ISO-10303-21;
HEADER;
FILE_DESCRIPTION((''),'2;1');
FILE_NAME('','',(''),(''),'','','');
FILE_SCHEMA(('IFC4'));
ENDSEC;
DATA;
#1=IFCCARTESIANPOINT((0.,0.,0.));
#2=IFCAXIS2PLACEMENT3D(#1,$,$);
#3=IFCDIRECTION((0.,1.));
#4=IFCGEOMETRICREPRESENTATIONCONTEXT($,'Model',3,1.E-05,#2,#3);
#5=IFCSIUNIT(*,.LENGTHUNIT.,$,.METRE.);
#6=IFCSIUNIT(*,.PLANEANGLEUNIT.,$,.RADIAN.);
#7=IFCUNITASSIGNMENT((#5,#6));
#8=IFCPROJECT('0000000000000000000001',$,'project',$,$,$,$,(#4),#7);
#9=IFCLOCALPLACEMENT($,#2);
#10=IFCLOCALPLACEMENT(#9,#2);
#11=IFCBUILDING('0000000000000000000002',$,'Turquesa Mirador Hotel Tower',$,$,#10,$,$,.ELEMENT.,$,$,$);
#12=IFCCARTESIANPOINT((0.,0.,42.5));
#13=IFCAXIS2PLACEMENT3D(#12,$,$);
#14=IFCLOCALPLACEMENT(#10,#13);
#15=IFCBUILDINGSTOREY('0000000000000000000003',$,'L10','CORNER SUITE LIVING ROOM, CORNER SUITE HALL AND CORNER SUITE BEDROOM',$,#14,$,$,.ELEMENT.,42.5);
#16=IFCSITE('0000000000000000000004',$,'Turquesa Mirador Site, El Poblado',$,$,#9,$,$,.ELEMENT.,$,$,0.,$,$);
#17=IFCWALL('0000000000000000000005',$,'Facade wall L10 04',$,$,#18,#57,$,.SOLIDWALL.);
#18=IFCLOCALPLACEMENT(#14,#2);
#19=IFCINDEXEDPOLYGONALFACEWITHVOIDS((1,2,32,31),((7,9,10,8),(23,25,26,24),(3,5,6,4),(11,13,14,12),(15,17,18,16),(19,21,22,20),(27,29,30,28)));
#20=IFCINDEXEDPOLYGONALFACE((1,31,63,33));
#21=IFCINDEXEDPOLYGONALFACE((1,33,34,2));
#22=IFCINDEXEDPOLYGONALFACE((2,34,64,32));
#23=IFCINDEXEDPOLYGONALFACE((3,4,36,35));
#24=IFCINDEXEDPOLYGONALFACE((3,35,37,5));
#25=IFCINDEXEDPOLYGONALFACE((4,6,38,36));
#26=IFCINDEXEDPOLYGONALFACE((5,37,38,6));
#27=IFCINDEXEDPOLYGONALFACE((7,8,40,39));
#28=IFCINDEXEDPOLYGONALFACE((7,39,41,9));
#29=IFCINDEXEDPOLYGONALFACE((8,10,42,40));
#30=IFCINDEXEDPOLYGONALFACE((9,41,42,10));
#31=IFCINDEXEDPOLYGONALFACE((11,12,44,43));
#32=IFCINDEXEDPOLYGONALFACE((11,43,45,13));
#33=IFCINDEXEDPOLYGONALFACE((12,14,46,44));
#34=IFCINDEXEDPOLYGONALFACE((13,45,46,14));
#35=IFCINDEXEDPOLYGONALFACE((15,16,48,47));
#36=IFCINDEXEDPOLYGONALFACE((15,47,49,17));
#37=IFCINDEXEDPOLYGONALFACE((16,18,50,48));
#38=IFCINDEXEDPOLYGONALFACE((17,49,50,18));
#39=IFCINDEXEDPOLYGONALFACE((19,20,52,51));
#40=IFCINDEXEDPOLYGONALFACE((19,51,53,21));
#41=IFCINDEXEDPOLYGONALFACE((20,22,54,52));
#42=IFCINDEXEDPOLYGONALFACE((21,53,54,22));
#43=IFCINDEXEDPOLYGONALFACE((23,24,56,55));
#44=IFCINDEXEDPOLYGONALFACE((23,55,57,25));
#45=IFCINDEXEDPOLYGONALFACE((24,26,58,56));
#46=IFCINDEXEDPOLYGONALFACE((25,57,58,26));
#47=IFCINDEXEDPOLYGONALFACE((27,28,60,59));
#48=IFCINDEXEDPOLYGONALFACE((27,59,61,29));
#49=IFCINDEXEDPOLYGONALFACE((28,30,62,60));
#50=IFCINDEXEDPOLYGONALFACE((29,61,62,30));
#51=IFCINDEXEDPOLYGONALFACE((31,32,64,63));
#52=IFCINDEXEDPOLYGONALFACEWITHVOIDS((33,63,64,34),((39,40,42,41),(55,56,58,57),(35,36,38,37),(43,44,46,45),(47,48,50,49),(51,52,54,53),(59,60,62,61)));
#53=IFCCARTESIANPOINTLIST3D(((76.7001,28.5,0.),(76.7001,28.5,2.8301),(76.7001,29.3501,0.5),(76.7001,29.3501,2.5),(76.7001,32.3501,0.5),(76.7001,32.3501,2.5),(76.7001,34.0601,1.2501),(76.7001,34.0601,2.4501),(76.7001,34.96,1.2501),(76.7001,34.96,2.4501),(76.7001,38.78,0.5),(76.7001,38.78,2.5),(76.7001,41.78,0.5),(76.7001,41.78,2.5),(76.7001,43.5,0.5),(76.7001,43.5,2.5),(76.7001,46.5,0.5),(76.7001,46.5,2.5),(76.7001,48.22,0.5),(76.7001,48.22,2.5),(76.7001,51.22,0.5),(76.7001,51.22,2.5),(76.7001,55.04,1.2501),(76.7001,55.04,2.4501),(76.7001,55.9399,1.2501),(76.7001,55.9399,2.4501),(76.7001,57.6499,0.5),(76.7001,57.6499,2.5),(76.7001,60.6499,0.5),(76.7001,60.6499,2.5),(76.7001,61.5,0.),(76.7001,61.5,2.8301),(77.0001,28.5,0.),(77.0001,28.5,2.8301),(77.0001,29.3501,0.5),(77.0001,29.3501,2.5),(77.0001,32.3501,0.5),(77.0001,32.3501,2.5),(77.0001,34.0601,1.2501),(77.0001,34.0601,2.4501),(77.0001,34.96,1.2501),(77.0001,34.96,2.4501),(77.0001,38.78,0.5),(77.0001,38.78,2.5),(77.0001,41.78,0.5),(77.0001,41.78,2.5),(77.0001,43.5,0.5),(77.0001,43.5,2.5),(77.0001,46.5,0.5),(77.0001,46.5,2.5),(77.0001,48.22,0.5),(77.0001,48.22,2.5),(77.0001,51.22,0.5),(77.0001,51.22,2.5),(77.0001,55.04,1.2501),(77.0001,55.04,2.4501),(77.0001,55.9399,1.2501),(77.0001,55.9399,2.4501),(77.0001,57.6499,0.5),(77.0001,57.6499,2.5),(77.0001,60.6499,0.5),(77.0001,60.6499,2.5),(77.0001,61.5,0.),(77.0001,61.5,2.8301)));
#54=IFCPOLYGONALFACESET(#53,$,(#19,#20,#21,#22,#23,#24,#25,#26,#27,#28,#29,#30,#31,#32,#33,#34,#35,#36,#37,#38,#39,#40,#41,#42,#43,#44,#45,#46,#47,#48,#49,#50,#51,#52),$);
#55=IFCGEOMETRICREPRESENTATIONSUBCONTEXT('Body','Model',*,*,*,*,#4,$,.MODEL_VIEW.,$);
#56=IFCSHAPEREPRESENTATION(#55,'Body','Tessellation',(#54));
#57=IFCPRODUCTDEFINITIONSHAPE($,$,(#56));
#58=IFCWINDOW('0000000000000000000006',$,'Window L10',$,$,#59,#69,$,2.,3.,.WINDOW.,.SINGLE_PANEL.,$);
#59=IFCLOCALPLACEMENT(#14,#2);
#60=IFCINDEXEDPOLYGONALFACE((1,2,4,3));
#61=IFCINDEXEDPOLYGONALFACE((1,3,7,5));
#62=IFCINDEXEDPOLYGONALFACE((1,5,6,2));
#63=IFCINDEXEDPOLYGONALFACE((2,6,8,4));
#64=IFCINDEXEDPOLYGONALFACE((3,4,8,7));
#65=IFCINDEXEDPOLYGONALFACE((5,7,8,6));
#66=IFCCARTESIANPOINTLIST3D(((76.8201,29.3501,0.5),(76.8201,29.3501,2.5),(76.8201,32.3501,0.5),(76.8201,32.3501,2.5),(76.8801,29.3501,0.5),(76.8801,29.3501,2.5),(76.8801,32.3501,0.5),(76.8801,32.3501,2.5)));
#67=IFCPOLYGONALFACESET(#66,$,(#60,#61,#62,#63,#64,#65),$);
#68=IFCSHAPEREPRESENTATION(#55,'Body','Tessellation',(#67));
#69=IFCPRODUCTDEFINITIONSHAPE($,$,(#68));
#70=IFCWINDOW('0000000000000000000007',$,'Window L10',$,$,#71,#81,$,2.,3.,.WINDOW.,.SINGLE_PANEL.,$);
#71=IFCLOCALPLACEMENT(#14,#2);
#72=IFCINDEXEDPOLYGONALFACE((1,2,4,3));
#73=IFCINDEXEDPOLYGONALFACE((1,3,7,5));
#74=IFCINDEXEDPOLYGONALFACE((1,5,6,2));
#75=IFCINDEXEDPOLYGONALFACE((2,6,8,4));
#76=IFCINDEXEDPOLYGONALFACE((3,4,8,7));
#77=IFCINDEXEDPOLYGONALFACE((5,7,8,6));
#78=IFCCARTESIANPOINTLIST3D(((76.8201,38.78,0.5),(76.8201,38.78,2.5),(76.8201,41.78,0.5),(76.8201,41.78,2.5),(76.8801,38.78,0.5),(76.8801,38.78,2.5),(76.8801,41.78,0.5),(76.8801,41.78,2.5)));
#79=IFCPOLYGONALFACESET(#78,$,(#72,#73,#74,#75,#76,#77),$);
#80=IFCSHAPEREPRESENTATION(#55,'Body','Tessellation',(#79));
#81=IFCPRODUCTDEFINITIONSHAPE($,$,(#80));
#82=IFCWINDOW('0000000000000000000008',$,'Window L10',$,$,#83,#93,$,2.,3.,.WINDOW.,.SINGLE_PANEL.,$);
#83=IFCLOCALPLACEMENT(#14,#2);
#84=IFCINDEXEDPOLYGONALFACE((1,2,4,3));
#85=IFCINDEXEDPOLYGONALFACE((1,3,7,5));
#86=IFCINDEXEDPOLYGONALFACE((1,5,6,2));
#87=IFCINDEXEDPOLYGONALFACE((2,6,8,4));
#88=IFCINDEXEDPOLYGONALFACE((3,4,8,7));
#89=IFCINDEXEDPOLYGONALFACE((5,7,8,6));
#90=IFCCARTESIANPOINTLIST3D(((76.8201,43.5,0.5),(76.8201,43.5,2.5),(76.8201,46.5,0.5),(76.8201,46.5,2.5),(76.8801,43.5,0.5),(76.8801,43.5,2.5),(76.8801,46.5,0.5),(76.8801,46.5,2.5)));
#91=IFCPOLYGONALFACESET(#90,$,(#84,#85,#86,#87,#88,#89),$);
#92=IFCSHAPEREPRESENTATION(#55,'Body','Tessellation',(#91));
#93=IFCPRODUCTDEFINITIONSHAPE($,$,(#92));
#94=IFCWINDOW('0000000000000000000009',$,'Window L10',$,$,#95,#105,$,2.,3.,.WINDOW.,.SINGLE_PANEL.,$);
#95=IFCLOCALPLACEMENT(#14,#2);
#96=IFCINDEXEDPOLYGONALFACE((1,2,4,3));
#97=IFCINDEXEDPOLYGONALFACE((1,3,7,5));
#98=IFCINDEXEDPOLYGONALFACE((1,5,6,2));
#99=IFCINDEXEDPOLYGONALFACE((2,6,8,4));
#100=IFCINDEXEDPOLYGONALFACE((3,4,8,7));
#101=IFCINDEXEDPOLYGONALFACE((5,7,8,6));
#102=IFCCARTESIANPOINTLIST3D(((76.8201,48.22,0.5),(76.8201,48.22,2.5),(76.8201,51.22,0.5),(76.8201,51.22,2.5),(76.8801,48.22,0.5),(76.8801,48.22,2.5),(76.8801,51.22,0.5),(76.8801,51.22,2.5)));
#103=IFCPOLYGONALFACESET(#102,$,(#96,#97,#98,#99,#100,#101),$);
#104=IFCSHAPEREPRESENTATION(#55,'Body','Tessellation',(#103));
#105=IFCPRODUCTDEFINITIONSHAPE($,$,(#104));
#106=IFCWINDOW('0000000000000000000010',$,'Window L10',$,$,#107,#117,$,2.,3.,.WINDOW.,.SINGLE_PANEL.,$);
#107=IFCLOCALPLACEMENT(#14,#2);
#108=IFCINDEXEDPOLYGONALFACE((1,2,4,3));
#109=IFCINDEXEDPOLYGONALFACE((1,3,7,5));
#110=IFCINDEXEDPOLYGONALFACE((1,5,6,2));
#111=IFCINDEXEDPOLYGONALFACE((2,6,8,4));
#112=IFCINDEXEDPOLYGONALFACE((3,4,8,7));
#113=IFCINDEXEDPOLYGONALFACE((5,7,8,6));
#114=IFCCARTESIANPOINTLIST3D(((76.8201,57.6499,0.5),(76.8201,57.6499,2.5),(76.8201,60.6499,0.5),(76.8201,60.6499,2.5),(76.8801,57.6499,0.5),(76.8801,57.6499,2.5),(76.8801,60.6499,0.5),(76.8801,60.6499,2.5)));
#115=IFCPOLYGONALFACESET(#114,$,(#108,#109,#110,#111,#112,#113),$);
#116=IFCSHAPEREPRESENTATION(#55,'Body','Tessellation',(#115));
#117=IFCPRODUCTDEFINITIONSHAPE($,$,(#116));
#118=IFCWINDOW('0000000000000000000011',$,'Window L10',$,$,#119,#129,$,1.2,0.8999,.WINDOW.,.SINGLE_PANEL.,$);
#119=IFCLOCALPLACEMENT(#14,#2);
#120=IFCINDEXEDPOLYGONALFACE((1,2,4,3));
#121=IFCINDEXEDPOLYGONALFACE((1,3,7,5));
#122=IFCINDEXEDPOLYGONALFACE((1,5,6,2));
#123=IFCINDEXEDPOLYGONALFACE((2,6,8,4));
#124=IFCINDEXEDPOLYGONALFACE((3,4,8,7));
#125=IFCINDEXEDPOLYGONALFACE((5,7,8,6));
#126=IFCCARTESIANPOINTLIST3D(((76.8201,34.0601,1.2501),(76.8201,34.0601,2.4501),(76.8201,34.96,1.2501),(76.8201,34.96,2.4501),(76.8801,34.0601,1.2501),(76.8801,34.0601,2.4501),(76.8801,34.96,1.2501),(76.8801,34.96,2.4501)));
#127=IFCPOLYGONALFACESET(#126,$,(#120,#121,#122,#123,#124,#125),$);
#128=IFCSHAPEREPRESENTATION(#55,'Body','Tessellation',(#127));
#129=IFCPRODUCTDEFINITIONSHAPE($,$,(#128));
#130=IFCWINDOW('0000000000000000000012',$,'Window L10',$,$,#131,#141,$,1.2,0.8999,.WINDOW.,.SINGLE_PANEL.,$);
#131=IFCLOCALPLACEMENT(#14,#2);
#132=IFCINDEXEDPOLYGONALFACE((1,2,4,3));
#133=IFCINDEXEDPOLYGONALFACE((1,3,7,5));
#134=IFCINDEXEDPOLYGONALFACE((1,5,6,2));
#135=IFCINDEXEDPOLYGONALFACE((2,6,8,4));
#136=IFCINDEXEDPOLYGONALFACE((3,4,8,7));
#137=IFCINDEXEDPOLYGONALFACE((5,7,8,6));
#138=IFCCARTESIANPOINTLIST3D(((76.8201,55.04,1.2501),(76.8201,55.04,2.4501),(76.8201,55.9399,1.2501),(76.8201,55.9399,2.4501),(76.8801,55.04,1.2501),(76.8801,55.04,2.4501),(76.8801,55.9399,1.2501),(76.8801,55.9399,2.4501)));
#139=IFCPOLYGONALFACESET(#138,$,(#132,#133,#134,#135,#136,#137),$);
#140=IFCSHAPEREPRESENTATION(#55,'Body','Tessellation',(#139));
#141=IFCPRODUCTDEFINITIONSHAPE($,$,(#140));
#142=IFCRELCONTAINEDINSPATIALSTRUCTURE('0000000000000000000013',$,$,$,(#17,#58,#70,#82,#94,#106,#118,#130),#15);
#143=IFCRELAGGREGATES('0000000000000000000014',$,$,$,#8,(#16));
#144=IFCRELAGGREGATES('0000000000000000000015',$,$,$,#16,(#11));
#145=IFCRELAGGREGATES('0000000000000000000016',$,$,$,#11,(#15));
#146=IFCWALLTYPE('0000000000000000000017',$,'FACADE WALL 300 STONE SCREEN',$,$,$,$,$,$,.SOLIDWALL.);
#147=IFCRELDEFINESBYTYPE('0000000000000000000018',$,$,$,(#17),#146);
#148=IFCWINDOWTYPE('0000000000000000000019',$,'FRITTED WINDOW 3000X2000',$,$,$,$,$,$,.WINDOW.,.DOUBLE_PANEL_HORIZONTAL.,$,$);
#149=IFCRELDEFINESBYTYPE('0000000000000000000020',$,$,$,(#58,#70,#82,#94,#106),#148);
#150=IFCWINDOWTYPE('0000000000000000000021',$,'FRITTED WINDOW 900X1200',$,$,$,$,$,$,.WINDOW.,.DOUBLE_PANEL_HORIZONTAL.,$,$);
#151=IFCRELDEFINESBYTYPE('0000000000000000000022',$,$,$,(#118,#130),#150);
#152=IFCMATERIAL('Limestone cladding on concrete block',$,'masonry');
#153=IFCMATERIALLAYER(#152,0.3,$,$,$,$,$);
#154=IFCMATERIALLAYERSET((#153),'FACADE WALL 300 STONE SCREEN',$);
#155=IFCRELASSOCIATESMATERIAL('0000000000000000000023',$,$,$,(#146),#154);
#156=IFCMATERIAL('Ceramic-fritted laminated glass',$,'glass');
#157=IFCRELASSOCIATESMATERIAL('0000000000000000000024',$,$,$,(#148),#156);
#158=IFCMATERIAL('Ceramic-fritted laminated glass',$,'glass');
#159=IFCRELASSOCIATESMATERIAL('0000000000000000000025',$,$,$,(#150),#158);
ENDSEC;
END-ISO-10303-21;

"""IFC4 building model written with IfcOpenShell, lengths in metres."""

from ifc_helpers import new_model, si_unit, direction, frame, frame_2d, origin, place, context, subcontext, project, spatial, rectangle, extrude, material, layer, layer_set, type_object, element, fill, save


model = new_model("IFC4")

# Units and contexts
model_context = context("Model", 3, precision=1e-05, world=origin(), true_north=direction((0.0, 1.0)))
body_context = subcontext(model_context, "Body", "Model", "MODEL_VIEW")
ifc_project = project(units=[si_unit("LENGTHUNIT", "METRE"), si_unit("PLANEANGLEUNIT", "RADIAN")], contexts=[model_context])

# Site, building, storey
site_placement = place(None, origin())
site = spatial("IfcSite", under=ifc_project, at=site_placement, Name="Turquesa Mirador Site, El Poblado", CompositionType="ELEMENT", RefElevation=0.0)
building_placement = place(site_placement, origin())
building = spatial("IfcBuilding", under=site, at=building_placement, Name="Turquesa Mirador Hotel Tower", CompositionType="ELEMENT")
storey_placement = place(building_placement, frame((0.0, 0.0, 42.5)))
storey = spatial("IfcBuildingStorey", under=building, at=storey_placement, Name="L10", Description="CORNER SUITE LIVING ROOM, CORNER SUITE HALL AND CORNER SUITE BEDROOM", CompositionType="ELEMENT", Elevation=42.5)

# Shared definitions
ifc_material_1 = material(Name="Limestone cladding on concrete block", Category="masonry")
ifc_layer_1 = layer(ifc_material_1, 0.3)
ifc_layer_set_1 = layer_set([ifc_layer_1], Name="FACADE WALL 300 STONE SCREEN")
wall_type_1 = type_object("IfcWallType", Name="FACADE WALL 300 STONE SCREEN", PredefinedType="SOLIDWALL", material=ifc_layer_set_1)

# Wall, openings, windows
wall_1_placement = place(storey_placement, frame((76.8501, 28.5, 0.0), z_axis=(0.0, 0.0, 1.0), x_axis=(0.0, 1.0, 0.0)))
wall_1 = element("IfcWall", 1, at=wall_1_placement, inside=storey, type_object=wall_type_1, Name="Facade wall L10 04", PredefinedType="SOLIDWALL", context=body_context, shape_type="SweptSolid", body=[
    extrude(rectangle(XDim=33.0, YDim=0.3, at=frame_2d((16.5, 0.0))), origin(), (0.0, 0.0, 1.0), 2.8301),
])
opening_1_placement = place(wall_1_placement, frame((0.8501, 0.0, 0.5)))
opening_1 = element("IfcOpeningElement", 2, at=opening_1_placement, cuts=wall_1, PredefinedType="OPENING", context=body_context, shape_type="SweptSolid", body=[
    extrude(rectangle(XDim=3.0, YDim=2.0, at=frame_2d((1.5, 1.0))), frame((0.0, 0.1599, 0.0), z_axis=(0.0, -1.0, 0.0), x_axis=(1.0, 0.0, 0.0)), (0.0, 0.0, 1.0), 0.3201),
])
opening_2_placement = place(wall_1_placement, frame((5.5601, 0.0, 1.25)))
opening_2 = element("IfcOpeningElement", 3, at=opening_2_placement, cuts=wall_1, PredefinedType="OPENING", context=body_context, shape_type="SweptSolid", body=[
    extrude(rectangle(XDim=0.8999, YDim=1.2, at=frame_2d((0.45, 0.6001))), frame((0.0, 0.1599, 0.0), z_axis=(0.0, -1.0, 0.0), x_axis=(1.0, 0.0, 0.0)), (0.0, 0.0, 1.0), 0.3201),
])
opening_3_placement = place(wall_1_placement, frame((10.28, 0.0, 0.5)))
opening_3 = element("IfcOpeningElement", 4, at=opening_3_placement, cuts=wall_1, PredefinedType="OPENING", context=body_context, shape_type="SweptSolid", body=[
    extrude(rectangle(XDim=3.0, YDim=2.0, at=frame_2d((1.5, 1.0))), frame((0.0, 0.1599, 0.0), z_axis=(0.0, -1.0, 0.0), x_axis=(1.0, 0.0, 0.0)), (0.0, 0.0, 1.0), 0.3201),
])
opening_4_placement = place(wall_1_placement, frame((15.0, 0.0, 0.5)))
opening_4 = element("IfcOpeningElement", 5, at=opening_4_placement, cuts=wall_1, PredefinedType="OPENING", context=body_context, shape_type="SweptSolid", body=[
    extrude(rectangle(XDim=3.0, YDim=2.0, at=frame_2d((1.5, 1.0))), frame((0.0, 0.1599, 0.0), z_axis=(0.0, -1.0, 0.0), x_axis=(1.0, 0.0, 0.0)), (0.0, 0.0, 1.0), 0.3201),
])
opening_5_placement = place(wall_1_placement, frame((19.72, 0.0, 0.5)))
opening_5 = element("IfcOpeningElement", 6, at=opening_5_placement, cuts=wall_1, PredefinedType="OPENING", context=body_context, shape_type="SweptSolid", body=[
    extrude(rectangle(XDim=3.0, YDim=2.0, at=frame_2d((1.5, 1.0))), frame((0.0, 0.1599, 0.0), z_axis=(0.0, -1.0, 0.0), x_axis=(1.0, 0.0, 0.0)), (0.0, 0.0, 1.0), 0.3201),
])
opening_6_placement = place(wall_1_placement, frame((26.54, 0.0, 1.25)))
opening_6 = element("IfcOpeningElement", 7, at=opening_6_placement, cuts=wall_1, PredefinedType="OPENING", context=body_context, shape_type="SweptSolid", body=[
    extrude(rectangle(XDim=0.8999, YDim=1.2, at=frame_2d((0.45, 0.6001))), frame((0.0, 0.1599, 0.0), z_axis=(0.0, -1.0, 0.0), x_axis=(1.0, 0.0, 0.0)), (0.0, 0.0, 1.0), 0.3201),
])
opening_7_placement = place(wall_1_placement, frame((29.1499, 0.0, 0.5)))
opening_7 = element("IfcOpeningElement", 8, at=opening_7_placement, cuts=wall_1, PredefinedType="OPENING", context=body_context, shape_type="SweptSolid", body=[
    extrude(rectangle(XDim=3.0, YDim=2.0, at=frame_2d((1.5, 1.0))), frame((0.0, 0.1599, 0.0), z_axis=(0.0, -1.0, 0.0), x_axis=(1.0, 0.0, 0.0)), (0.0, 0.0, 1.0), 0.3201),
])
ifc_material_2 = material(Name="Ceramic-fritted laminated glass", Category="glass")
window_type_1 = type_object("IfcWindowType", Name="FRITTED WINDOW 3000X2000", PartitioningType="DOUBLE_PANEL_HORIZONTAL", PredefinedType="WINDOW", material=ifc_material_2)
window_1_placement = place(opening_1_placement, origin())
window_1 = element("IfcWindow", 9, at=window_1_placement, inside=storey, type_object=window_type_1, Name="Window L10", OverallHeight=2.0, OverallWidth=3.0, PartitioningType="SINGLE_PANEL", PredefinedType="WINDOW", context=body_context, shape_type="SweptSolid", body=[
    extrude(rectangle(XDim=3.0, YDim=2.0, at=frame_2d((1.5, 1.0))), frame((0.0, 0.03, 0.0), z_axis=(0.0, -1.0, 0.0), x_axis=(1.0, 0.0, 0.0)), (0.0, 0.0, 1.0), 0.0601),
])
fill(opening_1, window_1)
window_2_placement = place(opening_3_placement, origin())
window_2 = element("IfcWindow", 10, at=window_2_placement, inside=storey, type_object=window_type_1, Name="Window L10", OverallHeight=2.0, OverallWidth=3.0, PartitioningType="SINGLE_PANEL", PredefinedType="WINDOW", context=body_context, shape_type="SweptSolid", body=[
    extrude(rectangle(XDim=3.0, YDim=2.0, at=frame_2d((1.5, 1.0))), frame((0.0, 0.03, 0.0), z_axis=(0.0, -1.0, 0.0), x_axis=(1.0, 0.0, 0.0)), (0.0, 0.0, 1.0), 0.0601),
])
fill(opening_3, window_2)
window_3_placement = place(opening_4_placement, origin())
window_3 = element("IfcWindow", 11, at=window_3_placement, inside=storey, type_object=window_type_1, Name="Window L10", OverallHeight=2.0, OverallWidth=3.0, PartitioningType="SINGLE_PANEL", PredefinedType="WINDOW", context=body_context, shape_type="SweptSolid", body=[
    extrude(rectangle(XDim=3.0, YDim=2.0, at=frame_2d((1.5, 1.0))), frame((0.0, 0.03, 0.0), z_axis=(0.0, -1.0, 0.0), x_axis=(1.0, 0.0, 0.0)), (0.0, 0.0, 1.0), 0.0601),
])
fill(opening_4, window_3)
window_4_placement = place(opening_5_placement, origin())
window_4 = element("IfcWindow", 12, at=window_4_placement, inside=storey, type_object=window_type_1, Name="Window L10", OverallHeight=2.0, OverallWidth=3.0, PartitioningType="SINGLE_PANEL", PredefinedType="WINDOW", context=body_context, shape_type="SweptSolid", body=[
    extrude(rectangle(XDim=3.0, YDim=2.0, at=frame_2d((1.5, 1.0))), frame((0.0, 0.03, 0.0), z_axis=(0.0, -1.0, 0.0), x_axis=(1.0, 0.0, 0.0)), (0.0, 0.0, 1.0), 0.0601),
])
fill(opening_5, window_4)
window_5_placement = place(opening_7_placement, origin())
window_5 = element("IfcWindow", 13, at=window_5_placement, inside=storey, type_object=window_type_1, Name="Window L10", OverallHeight=2.0, OverallWidth=3.0, PartitioningType="SINGLE_PANEL", PredefinedType="WINDOW", context=body_context, shape_type="SweptSolid", body=[
    extrude(rectangle(XDim=3.0, YDim=2.0, at=frame_2d((1.5, 1.0))), frame((0.0, 0.03, 0.0), z_axis=(0.0, -1.0, 0.0), x_axis=(1.0, 0.0, 0.0)), (0.0, 0.0, 1.0), 0.0601),
])
fill(opening_7, window_5)
ifc_material_3 = material(Name="Ceramic-fritted laminated glass", Category="glass")
window_type_2 = type_object("IfcWindowType", Name="FRITTED WINDOW 900X1200", PartitioningType="DOUBLE_PANEL_HORIZONTAL", PredefinedType="WINDOW", material=ifc_material_3)
window_6_placement = place(opening_2_placement, origin())
window_6 = element("IfcWindow", 14, at=window_6_placement, inside=storey, type_object=window_type_2, Name="Window L10", OverallHeight=1.2, OverallWidth=0.8999, PartitioningType="SINGLE_PANEL", PredefinedType="WINDOW", context=body_context, shape_type="SweptSolid", body=[
    extrude(rectangle(XDim=0.8999, YDim=1.2, at=frame_2d((0.45, 0.6001))), frame((0.0, 0.03, 0.0), z_axis=(0.0, -1.0, 0.0), x_axis=(1.0, 0.0, 0.0)), (0.0, 0.0, 1.0), 0.0601),
])
fill(opening_2, window_6)
window_7_placement = place(opening_6_placement, origin())
window_7 = element("IfcWindow", 15, at=window_7_placement, inside=storey, type_object=window_type_2, Name="Window L10", OverallHeight=1.2, OverallWidth=0.8999, PartitioningType="SINGLE_PANEL", PredefinedType="WINDOW", context=body_context, shape_type="SweptSolid", body=[
    extrude(rectangle(XDim=0.8999, YDim=1.2, at=frame_2d((0.45, 0.6001))), frame((0.0, 0.03, 0.0), z_axis=(0.0, -1.0, 0.0), x_axis=(1.0, 0.0, 0.0)), (0.0, 0.0, 1.0), 0.0601),
])
fill(opening_6, window_7)

save(model, "model.ifc")
